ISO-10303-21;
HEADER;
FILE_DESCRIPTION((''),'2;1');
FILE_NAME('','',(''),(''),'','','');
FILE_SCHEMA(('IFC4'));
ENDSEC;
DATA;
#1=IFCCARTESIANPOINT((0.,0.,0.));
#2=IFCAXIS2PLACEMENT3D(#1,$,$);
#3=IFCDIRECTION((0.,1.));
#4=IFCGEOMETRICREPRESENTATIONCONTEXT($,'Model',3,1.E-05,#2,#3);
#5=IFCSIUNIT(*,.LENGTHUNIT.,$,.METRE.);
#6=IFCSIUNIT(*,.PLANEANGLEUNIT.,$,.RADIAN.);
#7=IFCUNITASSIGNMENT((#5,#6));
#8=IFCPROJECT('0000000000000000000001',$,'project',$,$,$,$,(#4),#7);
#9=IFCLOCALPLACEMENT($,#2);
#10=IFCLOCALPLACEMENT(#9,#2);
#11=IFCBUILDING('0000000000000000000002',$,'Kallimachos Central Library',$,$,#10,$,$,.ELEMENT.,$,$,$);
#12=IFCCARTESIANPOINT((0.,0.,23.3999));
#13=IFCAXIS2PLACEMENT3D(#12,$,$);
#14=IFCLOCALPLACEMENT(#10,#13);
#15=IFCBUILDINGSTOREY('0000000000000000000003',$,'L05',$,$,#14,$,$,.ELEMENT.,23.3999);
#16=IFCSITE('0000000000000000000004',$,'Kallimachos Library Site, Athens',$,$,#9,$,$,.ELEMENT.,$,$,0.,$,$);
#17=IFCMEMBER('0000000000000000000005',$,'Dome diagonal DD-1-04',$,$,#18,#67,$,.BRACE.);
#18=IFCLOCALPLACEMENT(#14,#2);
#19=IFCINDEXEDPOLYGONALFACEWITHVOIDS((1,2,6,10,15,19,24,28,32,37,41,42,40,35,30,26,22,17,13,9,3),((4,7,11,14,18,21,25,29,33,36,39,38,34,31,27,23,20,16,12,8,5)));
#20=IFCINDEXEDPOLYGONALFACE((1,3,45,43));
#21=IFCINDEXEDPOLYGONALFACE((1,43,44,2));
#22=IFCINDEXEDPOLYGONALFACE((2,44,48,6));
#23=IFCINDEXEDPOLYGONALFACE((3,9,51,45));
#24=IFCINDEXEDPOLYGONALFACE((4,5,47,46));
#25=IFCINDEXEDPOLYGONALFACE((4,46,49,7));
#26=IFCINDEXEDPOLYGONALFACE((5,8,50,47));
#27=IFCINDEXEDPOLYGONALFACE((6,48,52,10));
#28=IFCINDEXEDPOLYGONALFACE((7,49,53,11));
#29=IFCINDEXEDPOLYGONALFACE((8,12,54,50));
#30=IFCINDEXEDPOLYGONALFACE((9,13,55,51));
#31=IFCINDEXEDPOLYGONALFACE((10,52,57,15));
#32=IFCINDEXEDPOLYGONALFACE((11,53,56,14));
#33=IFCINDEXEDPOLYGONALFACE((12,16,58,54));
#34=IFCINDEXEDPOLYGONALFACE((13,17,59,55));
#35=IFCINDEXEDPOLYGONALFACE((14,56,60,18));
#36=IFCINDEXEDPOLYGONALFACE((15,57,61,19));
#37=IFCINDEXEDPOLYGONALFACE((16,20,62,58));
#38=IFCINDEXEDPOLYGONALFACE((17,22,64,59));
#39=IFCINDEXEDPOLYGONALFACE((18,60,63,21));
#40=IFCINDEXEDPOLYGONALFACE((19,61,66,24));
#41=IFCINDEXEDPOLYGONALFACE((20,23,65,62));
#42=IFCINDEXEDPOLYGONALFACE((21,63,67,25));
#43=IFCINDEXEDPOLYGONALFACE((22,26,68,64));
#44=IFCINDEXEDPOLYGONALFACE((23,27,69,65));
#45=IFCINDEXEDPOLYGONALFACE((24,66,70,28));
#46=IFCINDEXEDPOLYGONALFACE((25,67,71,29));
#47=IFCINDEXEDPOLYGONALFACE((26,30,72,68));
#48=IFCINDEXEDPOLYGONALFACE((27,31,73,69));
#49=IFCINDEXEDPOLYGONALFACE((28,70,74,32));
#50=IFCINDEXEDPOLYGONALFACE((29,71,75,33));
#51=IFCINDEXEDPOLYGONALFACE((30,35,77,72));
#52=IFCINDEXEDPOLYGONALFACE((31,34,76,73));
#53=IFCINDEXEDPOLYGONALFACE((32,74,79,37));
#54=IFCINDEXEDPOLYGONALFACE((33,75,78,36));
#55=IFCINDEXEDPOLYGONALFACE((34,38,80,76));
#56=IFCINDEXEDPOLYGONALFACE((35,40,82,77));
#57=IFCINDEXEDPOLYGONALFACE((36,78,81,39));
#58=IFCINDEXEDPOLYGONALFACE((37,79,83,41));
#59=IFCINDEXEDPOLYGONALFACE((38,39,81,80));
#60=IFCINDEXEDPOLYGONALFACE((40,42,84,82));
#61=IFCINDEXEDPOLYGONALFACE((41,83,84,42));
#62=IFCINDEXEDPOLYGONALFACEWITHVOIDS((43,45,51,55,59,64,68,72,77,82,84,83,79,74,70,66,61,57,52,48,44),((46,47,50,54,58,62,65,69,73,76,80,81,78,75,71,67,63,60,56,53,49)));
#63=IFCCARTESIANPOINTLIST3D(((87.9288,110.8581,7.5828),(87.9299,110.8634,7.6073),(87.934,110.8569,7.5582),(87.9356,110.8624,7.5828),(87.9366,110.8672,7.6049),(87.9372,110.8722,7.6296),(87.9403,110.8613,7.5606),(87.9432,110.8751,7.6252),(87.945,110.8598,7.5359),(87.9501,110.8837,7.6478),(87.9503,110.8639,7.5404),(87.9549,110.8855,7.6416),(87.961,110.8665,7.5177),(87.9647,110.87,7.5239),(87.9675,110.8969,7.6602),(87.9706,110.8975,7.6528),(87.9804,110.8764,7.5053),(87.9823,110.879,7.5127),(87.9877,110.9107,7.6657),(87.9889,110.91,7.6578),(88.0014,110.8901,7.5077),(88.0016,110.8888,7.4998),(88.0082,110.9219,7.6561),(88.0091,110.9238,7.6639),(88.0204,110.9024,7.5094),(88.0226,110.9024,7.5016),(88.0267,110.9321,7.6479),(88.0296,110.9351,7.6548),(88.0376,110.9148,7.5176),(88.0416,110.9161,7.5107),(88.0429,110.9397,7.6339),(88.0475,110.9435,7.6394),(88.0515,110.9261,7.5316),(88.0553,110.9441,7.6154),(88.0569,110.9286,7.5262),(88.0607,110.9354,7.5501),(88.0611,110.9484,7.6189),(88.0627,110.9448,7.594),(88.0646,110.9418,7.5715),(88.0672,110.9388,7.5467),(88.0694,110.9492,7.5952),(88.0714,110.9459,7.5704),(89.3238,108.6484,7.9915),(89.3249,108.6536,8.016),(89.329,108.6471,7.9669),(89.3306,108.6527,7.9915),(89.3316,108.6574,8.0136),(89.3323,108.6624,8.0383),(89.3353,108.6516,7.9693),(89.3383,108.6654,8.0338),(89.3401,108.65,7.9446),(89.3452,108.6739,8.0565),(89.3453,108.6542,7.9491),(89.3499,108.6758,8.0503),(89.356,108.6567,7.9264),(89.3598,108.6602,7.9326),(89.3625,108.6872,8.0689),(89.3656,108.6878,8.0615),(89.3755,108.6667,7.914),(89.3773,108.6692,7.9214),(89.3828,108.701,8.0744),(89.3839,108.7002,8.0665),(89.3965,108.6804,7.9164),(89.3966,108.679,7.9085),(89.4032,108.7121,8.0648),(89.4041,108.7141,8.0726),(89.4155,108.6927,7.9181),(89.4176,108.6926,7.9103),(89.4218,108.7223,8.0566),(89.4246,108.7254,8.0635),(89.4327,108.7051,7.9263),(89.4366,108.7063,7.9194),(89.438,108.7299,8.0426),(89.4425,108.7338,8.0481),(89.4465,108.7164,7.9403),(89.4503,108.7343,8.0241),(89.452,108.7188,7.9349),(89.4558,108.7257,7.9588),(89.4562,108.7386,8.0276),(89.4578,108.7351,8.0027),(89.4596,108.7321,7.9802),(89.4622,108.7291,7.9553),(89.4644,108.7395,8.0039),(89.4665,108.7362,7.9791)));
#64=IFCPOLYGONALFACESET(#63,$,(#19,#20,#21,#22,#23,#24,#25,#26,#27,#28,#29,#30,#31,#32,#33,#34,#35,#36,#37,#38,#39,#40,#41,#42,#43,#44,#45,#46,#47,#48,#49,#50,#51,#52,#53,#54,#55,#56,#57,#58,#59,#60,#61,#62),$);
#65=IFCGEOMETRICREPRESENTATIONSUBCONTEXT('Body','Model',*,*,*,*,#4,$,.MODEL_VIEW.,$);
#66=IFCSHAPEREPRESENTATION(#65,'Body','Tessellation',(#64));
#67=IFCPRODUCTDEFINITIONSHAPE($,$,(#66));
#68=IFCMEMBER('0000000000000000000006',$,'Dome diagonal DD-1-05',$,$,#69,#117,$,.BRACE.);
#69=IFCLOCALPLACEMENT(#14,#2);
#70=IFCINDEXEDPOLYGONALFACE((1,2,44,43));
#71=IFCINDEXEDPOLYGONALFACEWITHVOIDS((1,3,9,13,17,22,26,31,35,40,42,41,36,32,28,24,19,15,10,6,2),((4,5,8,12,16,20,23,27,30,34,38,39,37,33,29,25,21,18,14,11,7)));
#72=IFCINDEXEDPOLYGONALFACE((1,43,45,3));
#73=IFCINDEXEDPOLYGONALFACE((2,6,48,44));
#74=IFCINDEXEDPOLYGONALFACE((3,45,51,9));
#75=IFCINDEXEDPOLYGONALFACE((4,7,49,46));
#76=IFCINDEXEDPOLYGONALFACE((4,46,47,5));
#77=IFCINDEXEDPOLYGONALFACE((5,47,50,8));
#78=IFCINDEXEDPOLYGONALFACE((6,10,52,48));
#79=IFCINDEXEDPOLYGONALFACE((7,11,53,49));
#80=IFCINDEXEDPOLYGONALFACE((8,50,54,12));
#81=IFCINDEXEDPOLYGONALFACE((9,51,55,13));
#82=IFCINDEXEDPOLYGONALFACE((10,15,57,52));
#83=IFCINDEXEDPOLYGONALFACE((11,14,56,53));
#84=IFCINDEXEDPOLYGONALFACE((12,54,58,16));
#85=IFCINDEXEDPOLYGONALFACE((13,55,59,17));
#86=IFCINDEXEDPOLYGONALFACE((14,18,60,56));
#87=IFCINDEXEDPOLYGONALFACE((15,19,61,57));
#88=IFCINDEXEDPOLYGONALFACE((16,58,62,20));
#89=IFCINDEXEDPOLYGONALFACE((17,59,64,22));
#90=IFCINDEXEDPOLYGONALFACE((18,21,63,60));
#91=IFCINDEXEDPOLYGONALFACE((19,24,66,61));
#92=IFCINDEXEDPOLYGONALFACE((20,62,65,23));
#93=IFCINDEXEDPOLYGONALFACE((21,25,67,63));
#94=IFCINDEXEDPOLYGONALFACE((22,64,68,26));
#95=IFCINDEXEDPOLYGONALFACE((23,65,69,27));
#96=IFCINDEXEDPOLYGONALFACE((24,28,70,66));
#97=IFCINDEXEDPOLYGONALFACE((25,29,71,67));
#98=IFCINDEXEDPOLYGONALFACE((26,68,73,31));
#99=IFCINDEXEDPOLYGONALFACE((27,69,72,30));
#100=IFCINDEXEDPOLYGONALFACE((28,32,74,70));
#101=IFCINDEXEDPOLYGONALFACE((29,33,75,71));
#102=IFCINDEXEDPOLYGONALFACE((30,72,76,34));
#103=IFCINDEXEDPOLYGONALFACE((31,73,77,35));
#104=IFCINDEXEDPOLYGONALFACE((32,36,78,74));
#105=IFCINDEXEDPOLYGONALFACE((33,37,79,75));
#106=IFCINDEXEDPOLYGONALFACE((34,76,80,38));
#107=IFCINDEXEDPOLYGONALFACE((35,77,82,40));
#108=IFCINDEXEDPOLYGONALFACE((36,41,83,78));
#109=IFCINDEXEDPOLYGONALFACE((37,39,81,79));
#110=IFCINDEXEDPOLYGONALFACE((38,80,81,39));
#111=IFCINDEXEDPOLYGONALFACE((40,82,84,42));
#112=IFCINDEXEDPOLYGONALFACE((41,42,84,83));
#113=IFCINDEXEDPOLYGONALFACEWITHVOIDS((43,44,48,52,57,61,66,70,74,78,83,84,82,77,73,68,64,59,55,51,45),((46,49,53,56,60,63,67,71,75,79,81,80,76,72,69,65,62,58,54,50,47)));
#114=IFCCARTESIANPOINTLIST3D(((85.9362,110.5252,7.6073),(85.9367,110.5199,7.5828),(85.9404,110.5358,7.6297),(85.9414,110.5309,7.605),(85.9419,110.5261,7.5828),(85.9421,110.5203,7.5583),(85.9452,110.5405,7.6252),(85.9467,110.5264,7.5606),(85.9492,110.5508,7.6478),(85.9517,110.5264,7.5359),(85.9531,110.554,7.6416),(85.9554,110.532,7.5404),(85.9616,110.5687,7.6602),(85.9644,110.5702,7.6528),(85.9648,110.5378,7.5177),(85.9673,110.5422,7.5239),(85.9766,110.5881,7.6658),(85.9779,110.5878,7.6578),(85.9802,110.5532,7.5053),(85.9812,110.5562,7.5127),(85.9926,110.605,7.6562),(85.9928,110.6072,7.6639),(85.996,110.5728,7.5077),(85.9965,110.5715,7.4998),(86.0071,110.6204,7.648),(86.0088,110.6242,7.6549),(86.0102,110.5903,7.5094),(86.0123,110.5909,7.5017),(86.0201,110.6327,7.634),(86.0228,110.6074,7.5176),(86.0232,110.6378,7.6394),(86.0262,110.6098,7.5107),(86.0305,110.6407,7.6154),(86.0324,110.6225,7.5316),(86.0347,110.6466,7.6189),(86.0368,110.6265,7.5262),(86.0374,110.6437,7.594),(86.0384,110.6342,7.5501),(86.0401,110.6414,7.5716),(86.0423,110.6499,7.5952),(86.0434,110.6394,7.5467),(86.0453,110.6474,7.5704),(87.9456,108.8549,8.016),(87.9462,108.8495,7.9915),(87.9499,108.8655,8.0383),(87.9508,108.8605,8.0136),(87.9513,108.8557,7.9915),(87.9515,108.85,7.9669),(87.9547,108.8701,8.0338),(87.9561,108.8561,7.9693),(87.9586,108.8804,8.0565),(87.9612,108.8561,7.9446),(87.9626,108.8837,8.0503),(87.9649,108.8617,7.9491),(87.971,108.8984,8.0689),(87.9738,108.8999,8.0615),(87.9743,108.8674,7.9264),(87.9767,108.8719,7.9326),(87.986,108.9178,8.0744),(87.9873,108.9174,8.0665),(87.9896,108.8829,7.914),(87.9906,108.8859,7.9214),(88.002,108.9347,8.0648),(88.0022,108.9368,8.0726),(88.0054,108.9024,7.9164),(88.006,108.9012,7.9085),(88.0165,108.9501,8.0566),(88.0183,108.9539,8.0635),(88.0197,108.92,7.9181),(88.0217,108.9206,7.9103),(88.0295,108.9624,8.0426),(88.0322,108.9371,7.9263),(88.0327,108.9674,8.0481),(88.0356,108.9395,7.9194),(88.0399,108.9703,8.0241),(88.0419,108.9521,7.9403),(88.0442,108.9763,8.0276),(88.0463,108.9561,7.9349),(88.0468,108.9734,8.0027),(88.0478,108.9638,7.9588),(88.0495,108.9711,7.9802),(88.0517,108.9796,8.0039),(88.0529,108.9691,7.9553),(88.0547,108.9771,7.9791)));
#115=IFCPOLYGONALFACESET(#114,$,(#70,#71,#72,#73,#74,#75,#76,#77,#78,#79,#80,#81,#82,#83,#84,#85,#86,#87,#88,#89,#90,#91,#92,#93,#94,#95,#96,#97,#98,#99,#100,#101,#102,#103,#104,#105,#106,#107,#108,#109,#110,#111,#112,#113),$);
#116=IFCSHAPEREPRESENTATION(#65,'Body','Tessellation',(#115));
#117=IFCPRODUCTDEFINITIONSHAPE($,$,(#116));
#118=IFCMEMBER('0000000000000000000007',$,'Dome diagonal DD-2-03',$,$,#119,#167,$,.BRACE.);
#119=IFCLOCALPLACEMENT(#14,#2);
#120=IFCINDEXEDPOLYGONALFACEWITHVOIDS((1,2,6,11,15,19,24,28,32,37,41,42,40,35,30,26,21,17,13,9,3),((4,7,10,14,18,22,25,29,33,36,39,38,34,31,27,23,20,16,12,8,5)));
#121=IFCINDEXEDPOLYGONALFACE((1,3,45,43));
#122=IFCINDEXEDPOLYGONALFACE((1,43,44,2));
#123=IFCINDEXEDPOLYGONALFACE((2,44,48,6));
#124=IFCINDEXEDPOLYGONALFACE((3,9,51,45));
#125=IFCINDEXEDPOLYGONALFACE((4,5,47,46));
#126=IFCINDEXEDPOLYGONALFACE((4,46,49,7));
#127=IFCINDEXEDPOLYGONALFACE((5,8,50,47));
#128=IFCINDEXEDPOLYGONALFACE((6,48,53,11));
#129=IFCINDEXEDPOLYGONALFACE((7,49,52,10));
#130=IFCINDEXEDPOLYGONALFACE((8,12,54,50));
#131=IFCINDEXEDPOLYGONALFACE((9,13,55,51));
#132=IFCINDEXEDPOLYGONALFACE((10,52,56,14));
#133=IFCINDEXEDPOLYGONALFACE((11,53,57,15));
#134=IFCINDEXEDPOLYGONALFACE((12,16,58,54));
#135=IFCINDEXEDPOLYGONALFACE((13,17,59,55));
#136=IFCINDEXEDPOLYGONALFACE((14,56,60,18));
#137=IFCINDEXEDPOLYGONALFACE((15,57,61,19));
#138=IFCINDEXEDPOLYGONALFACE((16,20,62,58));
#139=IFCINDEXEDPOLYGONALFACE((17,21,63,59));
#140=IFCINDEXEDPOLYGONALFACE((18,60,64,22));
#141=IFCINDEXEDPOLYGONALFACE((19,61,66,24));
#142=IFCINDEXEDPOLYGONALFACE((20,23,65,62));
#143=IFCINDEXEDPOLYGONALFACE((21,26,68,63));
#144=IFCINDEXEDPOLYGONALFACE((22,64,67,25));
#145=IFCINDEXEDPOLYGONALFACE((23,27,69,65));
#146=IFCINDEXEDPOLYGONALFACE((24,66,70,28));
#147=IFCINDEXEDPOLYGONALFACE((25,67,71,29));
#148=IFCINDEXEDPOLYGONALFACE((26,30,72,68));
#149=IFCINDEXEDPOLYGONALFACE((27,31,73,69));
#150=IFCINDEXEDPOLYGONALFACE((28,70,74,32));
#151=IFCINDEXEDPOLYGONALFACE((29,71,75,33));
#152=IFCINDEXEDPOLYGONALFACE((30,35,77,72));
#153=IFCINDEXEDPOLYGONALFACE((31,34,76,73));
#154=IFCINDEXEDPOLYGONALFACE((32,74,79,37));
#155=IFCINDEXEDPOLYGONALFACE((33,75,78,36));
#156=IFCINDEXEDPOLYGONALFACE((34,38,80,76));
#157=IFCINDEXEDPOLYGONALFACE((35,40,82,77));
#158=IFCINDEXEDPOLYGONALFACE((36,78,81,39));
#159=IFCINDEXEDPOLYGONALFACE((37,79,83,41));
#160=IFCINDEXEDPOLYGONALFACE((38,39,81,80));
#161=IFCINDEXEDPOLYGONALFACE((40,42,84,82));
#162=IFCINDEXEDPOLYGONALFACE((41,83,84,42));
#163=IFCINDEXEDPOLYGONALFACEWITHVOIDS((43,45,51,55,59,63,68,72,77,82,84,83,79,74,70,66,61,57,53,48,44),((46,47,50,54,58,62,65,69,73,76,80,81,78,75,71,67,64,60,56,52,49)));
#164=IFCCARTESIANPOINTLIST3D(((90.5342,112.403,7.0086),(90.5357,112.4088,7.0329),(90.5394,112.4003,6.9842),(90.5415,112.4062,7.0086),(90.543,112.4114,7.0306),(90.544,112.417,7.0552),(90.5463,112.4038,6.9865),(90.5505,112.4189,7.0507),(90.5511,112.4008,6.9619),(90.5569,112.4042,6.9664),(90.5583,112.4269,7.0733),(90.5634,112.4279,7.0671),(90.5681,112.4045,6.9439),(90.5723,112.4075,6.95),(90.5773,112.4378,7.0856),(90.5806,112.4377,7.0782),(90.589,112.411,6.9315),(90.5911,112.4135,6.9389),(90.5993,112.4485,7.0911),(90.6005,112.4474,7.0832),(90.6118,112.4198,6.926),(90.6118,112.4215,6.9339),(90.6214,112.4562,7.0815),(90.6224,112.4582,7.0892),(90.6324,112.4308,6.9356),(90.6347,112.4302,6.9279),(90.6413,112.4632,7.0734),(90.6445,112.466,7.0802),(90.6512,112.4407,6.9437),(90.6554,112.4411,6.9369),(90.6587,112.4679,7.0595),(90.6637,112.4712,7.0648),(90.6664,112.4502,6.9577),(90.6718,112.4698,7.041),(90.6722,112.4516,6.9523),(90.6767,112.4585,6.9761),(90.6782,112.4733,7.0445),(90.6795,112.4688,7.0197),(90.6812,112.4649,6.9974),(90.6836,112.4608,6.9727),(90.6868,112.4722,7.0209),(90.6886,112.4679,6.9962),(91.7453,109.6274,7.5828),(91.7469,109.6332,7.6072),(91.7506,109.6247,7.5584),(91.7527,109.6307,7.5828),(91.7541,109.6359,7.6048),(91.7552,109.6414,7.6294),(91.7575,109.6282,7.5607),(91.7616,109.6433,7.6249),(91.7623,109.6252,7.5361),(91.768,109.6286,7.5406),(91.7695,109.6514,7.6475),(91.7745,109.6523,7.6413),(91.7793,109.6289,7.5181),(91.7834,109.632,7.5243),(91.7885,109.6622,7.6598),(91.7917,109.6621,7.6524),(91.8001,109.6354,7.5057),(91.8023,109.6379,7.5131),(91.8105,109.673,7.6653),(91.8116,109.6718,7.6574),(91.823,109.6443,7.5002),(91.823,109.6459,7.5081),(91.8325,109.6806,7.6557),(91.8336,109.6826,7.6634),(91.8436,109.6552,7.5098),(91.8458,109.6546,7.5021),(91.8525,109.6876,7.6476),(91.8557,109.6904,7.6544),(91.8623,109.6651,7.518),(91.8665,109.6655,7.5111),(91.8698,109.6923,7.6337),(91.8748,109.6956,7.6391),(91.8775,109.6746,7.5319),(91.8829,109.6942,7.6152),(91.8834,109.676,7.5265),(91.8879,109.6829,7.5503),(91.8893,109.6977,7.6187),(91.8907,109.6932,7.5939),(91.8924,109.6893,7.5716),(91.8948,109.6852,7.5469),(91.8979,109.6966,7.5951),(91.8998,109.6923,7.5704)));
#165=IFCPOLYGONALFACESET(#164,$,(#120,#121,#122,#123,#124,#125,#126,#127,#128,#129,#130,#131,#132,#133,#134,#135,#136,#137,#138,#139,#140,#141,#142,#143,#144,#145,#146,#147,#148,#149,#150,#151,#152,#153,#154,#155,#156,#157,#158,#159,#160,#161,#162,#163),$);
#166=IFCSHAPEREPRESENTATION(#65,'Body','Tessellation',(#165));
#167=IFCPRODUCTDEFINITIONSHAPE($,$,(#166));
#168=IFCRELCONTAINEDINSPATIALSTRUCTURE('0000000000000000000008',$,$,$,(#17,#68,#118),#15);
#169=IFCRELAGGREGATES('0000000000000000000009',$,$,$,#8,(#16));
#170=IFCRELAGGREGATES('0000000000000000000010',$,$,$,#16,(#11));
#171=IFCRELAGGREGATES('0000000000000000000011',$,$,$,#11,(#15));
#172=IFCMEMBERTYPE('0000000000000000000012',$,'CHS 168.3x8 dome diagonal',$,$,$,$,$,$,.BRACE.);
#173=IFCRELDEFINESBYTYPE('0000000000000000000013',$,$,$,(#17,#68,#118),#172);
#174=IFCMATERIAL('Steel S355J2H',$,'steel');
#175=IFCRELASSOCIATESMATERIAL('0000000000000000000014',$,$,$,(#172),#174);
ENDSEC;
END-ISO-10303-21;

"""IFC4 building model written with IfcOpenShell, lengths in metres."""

from ifc_helpers import new_model, si_unit, direction, frame, origin, origin_2d, place, context, subcontext, project, spatial, hollow_circle, extrude, material, material_profile, profile_set, type_object, element, save


model = new_model("IFC4")

# Units and contexts
model_context = context("Model", 3, precision=1e-05, world=origin(), true_north=direction((0.0, 1.0)))
body_context = subcontext(model_context, "Body", "Model", "MODEL_VIEW")
ifc_project = project(units=[si_unit("LENGTHUNIT", "METRE"), si_unit("PLANEANGLEUNIT", "RADIAN")], contexts=[model_context])

# Site, building, storey
site_placement = place(None, origin())
site = spatial("IfcSite", under=ifc_project, at=site_placement, Name="Kallimachos Library Site, Athens", CompositionType="ELEMENT", RefElevation=0.0)
building_placement = place(site_placement, origin())
building = spatial("IfcBuilding", under=site, at=building_placement, Name="Kallimachos Central Library", CompositionType="ELEMENT")
storey_placement = place(building_placement, frame((0.0, 0.0, 23.3999)))
storey = spatial("IfcBuildingStorey", under=building, at=storey_placement, Name="L05", CompositionType="ELEMENT", Elevation=23.3999)

# Members
ifc_material_1 = material(Name="Steel S355J2H", Category="steel")
ifc_material_profile_1 = material_profile(ifc_material_1, hollow_circle(Radius=0.0842, WallThickness=0.0081, at=origin_2d()), Name="CHS 168.3x8")
ifc_profile_set_1 = profile_set([ifc_material_profile_1], Name="Steel S355J2H")
member_type_1 = type_object("IfcMemberType", Name="CHS 168.3x8 dome diagonal", PredefinedType="BRACE", material=ifc_profile_set_1)
member_1_placement = place(storey_placement, frame((89.395, 108.6934, 7.9915), z_axis=(-0.52742, 0.835436, -0.154515), x_axis=(-0.845591, -0.533831, 0.0)))
element("IfcMember", 1, at=member_1_placement, inside=storey, type_object=member_type_1, Name="Dome diagonal DD-1-04", PredefinedType="BRACE", context=body_context, shape_type="SweptSolid", body=[
    extrude(hollow_circle(Radius=0.0842, WallThickness=0.0081, at=origin_2d()), origin(), (0.0, 0.0, 1.0), 2.645),
])
member_2_placement = place(storey_placement, frame((88.0, 108.9143, 7.9915), z_axis=(-0.759773, 0.63156, -0.154521), x_axis=(-0.639237, -0.769009, 0.0)))
element("IfcMember", 2, at=member_2_placement, inside=storey, type_object=member_type_1, Name="Dome diagonal DD-1-05", PredefinedType="BRACE", context=body_context, shape_type="SweptSolid", body=[
    extrude(hollow_circle(Radius=0.0842, WallThickness=0.0081, at=origin_2d()), origin(), (0.0, 0.0, 1.0), 2.6448),
])
for number, where, z_axis, x_axis, name in (
    (3, (91.8225, 109.6611, 7.5828), (-0.392942, 0.900495, -0.186293), (-0.91654, -0.399943, 0.0), "Dome diagonal DD-2-03"),
):
    element("IfcMember", number, at=place(storey_placement, frame(where, z_axis=z_axis, x_axis=x_axis)), inside=storey, type_object=member_type_1, Name=name, PredefinedType="BRACE", context=body_context, shape_type="SweptSolid", body=[
        extrude(hollow_circle(Radius=0.0842, WallThickness=0.0081, at=origin_2d()), origin(), (0.0, 0.0, 1.0), 3.0823),
    ])

save(model, "model.ifc")
